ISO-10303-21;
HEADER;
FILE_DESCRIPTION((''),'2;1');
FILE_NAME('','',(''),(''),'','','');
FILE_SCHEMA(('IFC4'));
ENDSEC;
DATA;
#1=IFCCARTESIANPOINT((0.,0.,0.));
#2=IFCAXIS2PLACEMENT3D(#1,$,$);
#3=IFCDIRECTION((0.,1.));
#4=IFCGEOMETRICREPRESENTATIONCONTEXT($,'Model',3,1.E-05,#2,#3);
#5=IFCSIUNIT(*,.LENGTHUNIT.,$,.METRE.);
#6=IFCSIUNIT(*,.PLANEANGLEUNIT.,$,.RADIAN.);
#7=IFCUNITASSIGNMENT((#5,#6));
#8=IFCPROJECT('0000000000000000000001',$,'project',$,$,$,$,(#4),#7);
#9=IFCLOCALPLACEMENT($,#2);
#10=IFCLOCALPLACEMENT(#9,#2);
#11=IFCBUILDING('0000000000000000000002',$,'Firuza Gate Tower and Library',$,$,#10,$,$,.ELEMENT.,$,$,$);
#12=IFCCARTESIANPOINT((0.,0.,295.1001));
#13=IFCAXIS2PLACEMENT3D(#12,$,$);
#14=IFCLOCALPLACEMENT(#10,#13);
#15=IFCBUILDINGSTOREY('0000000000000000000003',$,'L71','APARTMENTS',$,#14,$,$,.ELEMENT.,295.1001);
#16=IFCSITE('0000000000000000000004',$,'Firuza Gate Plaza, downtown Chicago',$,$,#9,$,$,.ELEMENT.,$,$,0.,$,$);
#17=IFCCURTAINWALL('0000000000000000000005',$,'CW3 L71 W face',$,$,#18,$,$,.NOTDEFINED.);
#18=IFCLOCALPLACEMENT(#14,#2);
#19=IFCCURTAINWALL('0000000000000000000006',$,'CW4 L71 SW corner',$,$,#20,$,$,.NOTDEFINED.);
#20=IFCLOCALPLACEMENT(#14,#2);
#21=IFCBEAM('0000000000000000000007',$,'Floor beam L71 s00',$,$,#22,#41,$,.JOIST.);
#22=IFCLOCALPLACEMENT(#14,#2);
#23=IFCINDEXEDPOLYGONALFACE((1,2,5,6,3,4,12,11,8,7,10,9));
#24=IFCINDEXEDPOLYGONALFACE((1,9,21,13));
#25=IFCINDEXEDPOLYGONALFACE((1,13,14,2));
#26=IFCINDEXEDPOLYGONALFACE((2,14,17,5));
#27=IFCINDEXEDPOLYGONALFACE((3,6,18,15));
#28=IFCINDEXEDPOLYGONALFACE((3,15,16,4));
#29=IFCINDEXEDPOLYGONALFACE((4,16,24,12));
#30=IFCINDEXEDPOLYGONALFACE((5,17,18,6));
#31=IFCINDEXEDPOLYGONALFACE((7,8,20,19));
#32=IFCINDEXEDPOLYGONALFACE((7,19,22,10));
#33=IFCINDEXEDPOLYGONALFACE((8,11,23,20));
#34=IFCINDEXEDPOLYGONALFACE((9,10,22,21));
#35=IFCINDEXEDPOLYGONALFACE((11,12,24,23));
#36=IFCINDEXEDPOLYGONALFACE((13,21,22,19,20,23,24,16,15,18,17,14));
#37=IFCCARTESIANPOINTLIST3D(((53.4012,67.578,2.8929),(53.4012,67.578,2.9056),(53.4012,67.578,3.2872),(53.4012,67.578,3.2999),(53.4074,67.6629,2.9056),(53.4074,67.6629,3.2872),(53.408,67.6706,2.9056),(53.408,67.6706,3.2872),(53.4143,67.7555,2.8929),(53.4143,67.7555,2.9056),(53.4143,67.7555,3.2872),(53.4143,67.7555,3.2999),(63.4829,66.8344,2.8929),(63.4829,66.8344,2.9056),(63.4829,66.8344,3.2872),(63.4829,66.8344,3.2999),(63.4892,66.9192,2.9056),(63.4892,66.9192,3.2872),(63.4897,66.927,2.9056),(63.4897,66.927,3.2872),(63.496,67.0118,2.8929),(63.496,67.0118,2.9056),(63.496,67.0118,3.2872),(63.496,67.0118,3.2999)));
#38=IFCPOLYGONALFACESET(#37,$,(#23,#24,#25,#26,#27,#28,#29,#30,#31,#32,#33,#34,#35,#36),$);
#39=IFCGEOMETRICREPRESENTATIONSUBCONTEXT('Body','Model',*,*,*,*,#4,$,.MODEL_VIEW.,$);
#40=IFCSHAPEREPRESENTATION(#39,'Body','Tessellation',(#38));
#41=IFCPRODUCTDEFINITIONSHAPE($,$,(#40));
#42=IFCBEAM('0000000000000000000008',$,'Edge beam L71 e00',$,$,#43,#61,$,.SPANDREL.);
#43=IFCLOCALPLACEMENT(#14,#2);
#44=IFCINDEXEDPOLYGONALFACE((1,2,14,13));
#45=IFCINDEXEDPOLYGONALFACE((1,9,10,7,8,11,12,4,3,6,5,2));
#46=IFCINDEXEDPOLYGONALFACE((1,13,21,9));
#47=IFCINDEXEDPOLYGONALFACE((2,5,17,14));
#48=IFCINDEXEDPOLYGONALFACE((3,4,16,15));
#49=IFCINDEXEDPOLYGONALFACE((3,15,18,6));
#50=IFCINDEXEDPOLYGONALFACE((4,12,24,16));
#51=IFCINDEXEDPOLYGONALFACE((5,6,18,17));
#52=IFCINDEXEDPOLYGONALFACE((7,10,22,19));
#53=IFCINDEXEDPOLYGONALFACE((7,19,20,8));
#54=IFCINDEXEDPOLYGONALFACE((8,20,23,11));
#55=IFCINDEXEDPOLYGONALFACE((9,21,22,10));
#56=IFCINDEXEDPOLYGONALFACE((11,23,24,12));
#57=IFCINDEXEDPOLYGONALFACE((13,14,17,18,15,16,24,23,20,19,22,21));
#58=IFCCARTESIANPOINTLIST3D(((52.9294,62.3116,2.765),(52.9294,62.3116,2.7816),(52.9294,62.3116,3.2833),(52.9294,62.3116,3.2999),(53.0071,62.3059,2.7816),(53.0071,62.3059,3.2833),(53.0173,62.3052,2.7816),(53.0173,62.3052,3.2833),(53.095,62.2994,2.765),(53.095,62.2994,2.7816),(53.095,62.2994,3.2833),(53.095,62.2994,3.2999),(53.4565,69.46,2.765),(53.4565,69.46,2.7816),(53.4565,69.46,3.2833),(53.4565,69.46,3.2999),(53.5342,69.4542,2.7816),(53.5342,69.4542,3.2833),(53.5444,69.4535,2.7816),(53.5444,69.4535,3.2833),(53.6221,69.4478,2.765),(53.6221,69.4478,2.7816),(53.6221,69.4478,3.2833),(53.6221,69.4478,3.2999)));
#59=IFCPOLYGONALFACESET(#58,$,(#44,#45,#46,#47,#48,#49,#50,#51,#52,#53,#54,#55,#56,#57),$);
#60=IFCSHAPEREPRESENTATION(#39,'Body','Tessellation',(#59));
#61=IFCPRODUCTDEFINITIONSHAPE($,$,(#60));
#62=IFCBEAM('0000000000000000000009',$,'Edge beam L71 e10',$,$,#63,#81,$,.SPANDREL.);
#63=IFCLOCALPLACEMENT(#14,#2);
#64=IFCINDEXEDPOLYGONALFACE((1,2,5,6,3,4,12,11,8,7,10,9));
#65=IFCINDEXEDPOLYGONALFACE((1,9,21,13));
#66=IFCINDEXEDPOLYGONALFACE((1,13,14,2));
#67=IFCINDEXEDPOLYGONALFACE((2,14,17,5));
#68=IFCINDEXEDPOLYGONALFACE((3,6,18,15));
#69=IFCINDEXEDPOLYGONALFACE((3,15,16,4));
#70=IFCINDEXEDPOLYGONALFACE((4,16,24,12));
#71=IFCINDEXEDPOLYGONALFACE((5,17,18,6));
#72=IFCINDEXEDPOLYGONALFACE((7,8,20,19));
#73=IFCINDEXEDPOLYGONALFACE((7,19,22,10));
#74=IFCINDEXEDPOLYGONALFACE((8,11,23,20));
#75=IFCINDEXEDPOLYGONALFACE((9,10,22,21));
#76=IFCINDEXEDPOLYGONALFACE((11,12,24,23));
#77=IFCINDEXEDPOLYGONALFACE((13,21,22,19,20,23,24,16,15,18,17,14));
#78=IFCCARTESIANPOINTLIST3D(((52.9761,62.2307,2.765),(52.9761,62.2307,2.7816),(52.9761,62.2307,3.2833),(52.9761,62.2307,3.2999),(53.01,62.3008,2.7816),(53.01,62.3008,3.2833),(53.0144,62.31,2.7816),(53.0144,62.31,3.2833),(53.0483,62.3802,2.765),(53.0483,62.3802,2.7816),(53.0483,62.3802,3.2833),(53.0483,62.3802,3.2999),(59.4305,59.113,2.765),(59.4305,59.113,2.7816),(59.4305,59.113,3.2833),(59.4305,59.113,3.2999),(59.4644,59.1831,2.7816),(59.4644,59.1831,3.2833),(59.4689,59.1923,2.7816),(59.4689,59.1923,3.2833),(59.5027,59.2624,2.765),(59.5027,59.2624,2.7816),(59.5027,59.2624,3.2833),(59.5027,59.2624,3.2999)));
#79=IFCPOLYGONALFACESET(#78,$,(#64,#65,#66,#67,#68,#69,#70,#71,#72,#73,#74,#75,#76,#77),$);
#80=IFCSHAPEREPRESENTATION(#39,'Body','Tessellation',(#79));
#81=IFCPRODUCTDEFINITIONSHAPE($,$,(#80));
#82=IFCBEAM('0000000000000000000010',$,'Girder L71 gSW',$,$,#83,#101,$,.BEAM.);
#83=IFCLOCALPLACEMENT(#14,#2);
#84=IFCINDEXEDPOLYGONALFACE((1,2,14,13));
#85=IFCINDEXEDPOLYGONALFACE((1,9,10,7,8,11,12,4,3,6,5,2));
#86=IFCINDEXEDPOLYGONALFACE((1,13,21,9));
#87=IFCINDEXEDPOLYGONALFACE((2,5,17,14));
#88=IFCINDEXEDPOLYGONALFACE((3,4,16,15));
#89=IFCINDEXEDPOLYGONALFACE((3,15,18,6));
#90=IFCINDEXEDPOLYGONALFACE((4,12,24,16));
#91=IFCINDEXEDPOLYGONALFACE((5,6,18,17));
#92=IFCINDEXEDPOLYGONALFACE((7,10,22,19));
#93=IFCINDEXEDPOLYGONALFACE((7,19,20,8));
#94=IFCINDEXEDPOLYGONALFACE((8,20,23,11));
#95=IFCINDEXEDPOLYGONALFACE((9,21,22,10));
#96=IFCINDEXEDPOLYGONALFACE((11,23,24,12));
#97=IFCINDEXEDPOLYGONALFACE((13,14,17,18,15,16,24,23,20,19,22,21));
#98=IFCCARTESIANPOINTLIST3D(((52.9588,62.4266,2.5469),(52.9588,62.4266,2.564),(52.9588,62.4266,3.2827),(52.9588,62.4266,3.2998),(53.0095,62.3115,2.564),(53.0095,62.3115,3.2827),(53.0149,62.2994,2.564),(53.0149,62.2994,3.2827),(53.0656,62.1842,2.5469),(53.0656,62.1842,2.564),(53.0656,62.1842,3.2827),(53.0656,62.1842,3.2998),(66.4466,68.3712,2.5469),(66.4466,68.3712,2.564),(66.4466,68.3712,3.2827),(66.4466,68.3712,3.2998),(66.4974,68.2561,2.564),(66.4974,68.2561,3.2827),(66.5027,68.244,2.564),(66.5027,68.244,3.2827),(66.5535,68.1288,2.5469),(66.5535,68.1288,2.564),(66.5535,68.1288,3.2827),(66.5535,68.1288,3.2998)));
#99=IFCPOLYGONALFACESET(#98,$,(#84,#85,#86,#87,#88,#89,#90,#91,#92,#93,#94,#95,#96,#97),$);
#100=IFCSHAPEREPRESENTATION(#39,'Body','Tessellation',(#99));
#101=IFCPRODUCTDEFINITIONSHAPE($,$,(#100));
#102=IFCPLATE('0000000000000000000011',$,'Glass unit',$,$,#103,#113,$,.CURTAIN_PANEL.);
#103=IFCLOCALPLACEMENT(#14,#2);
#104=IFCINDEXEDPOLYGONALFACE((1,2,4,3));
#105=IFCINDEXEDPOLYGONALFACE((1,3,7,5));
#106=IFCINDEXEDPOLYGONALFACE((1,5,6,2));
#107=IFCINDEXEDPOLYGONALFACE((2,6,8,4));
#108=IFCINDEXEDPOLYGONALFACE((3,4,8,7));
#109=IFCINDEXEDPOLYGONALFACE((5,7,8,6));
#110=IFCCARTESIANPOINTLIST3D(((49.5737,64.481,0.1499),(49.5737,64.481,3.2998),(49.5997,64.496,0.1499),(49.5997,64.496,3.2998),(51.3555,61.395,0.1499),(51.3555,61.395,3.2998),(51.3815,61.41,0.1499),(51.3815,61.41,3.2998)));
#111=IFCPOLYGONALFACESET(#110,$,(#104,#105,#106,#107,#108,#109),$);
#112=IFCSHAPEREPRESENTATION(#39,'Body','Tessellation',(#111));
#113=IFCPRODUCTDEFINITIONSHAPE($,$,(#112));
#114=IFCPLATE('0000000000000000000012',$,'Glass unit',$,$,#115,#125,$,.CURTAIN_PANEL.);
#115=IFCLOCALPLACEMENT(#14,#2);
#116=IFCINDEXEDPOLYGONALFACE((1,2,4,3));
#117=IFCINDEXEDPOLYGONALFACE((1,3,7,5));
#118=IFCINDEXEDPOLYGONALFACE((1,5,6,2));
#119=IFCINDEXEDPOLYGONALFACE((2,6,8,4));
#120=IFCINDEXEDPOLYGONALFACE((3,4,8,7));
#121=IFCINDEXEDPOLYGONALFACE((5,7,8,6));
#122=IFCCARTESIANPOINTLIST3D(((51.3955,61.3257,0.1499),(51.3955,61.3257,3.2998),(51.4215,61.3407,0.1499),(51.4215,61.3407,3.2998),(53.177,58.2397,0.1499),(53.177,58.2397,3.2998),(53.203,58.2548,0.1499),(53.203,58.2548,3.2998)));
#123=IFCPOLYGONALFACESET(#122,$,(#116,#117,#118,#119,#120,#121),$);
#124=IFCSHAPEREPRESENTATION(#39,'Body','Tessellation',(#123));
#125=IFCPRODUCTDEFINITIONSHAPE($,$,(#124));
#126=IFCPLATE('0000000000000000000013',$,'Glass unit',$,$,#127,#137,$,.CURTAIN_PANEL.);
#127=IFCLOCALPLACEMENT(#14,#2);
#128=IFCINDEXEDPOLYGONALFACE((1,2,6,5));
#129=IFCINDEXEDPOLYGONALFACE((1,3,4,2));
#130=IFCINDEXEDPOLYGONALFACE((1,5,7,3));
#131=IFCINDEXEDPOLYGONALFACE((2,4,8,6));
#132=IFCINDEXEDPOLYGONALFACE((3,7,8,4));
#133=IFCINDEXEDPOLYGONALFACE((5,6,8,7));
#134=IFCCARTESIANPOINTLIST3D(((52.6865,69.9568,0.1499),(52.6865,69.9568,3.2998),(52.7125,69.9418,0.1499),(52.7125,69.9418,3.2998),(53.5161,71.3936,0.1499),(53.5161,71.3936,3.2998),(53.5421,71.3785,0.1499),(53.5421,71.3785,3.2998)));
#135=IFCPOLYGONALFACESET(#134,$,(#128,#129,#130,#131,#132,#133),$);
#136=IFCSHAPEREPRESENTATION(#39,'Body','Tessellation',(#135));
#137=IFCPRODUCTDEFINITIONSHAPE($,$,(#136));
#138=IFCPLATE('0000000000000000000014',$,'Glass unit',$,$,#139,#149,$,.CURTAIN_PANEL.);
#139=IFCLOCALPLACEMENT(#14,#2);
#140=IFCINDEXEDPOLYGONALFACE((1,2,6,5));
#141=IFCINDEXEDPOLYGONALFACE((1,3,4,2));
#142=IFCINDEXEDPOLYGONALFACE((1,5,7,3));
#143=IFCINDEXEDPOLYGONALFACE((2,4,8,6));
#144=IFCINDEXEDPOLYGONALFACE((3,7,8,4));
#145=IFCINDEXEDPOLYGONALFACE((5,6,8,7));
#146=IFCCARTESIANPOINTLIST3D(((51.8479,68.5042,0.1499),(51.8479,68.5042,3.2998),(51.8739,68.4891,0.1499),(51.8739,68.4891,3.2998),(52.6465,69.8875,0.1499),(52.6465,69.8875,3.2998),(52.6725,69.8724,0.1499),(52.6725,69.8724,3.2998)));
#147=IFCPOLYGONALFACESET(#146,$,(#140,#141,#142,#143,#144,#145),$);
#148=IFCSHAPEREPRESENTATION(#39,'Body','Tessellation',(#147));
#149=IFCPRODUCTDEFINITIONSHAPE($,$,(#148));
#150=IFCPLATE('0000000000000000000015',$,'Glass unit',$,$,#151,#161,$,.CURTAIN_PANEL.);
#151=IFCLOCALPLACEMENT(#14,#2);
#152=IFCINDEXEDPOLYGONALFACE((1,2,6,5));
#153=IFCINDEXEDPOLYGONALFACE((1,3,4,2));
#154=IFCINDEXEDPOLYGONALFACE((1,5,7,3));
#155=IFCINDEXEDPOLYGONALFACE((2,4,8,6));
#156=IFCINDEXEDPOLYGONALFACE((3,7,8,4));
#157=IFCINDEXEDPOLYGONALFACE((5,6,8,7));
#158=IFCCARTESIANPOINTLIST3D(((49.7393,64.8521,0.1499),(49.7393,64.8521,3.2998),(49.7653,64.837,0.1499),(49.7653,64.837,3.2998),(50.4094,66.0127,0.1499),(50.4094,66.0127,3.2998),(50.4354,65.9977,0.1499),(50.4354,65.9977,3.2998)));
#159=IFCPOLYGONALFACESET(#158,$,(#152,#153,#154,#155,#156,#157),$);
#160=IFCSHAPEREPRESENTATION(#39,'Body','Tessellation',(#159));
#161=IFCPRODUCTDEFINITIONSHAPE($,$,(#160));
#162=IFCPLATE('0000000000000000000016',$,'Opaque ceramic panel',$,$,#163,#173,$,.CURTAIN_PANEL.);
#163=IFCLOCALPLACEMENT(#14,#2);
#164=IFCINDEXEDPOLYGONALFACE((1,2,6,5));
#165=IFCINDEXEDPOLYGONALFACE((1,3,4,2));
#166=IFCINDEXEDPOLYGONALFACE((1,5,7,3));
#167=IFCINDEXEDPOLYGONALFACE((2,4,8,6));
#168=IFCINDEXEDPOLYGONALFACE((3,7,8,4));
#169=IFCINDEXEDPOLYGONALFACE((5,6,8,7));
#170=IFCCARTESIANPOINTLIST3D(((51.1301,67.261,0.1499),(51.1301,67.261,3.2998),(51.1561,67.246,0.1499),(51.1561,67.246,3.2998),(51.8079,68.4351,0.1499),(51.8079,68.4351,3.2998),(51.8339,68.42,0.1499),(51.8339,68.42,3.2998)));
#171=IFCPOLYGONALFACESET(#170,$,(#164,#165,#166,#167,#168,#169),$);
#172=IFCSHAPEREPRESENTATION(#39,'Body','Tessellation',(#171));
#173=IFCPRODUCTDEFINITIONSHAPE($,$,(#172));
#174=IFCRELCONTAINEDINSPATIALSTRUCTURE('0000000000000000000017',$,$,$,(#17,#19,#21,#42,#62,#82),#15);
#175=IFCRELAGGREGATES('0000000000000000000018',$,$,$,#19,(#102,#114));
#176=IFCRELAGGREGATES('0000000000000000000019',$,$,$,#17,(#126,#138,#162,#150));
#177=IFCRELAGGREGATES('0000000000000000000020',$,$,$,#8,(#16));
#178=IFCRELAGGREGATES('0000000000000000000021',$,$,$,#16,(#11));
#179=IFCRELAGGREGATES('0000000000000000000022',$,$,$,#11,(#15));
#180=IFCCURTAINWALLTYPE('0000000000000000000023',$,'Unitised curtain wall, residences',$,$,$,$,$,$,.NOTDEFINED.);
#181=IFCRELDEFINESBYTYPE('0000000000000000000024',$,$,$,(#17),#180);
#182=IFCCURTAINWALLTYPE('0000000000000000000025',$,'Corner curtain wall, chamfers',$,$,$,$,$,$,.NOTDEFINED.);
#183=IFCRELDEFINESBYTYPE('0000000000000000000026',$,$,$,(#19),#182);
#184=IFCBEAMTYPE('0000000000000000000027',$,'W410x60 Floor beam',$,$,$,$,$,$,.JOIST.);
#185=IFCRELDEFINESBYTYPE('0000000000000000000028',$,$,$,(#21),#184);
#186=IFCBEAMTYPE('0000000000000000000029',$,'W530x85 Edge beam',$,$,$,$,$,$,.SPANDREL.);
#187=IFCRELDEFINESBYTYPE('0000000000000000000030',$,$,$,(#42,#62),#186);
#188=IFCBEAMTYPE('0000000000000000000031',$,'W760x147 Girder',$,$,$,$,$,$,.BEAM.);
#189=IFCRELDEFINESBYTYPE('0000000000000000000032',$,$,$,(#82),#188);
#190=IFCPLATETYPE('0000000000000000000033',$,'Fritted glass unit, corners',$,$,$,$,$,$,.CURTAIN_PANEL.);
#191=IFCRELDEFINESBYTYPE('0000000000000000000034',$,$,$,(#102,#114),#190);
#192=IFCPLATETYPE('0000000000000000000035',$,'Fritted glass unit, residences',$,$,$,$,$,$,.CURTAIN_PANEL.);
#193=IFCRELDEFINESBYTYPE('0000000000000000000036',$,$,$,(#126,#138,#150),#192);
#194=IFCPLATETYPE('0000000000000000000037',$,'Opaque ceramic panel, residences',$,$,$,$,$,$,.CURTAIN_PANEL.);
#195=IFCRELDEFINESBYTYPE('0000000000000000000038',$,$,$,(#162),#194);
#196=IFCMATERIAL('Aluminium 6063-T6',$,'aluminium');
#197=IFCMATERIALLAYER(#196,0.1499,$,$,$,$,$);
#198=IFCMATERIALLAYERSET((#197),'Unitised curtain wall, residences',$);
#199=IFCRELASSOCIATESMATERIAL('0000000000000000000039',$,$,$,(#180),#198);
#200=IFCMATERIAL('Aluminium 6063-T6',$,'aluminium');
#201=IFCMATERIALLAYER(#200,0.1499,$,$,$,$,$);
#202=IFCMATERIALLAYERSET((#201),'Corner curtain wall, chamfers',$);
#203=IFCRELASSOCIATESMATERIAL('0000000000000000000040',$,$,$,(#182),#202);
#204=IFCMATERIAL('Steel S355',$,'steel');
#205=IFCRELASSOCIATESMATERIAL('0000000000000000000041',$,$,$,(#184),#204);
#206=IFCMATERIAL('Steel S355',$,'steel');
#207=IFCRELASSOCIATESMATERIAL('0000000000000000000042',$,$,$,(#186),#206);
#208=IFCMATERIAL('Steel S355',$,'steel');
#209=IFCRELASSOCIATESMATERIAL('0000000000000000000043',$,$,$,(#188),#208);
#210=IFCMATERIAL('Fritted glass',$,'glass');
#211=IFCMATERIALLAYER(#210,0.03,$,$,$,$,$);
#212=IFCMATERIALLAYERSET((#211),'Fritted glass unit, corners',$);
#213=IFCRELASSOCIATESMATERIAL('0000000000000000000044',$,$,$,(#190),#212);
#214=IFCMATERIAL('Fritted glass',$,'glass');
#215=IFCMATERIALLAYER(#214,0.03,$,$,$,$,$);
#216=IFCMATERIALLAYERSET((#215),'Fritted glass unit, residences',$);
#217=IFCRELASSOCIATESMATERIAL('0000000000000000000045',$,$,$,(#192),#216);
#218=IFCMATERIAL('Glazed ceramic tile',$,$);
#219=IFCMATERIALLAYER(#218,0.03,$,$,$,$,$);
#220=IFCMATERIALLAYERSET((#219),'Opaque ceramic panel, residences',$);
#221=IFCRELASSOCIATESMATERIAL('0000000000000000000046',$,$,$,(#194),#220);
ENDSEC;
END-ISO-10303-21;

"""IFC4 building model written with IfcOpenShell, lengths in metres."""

from ifc_helpers import new_model, si_unit, direction, frame, origin, origin_2d, place, context, subcontext, project, spatial, polyline, i_section, outline, extrude, material, layer, layer_set, material_profile, profile_set, type_object, element, aggregate, save


model = new_model("IFC4")

# Units and contexts
model_context = context("Model", 3, precision=1e-05, world=origin(), true_north=direction((0.0, 1.0)))
body_context = subcontext(model_context, "Body", "Model", "MODEL_VIEW")
ifc_project = project(units=[si_unit("LENGTHUNIT", "METRE"), si_unit("PLANEANGLEUNIT", "RADIAN")], contexts=[model_context])

# Site, building, storey
site_placement = place(None, origin())
site = spatial("IfcSite", under=ifc_project, at=site_placement, Name="Firuza Gate Plaza, downtown Chicago", CompositionType="ELEMENT", RefElevation=0.0)
building_placement = place(site_placement, origin())
building = spatial("IfcBuilding", under=site, at=building_placement, Name="Firuza Gate Tower and Library", CompositionType="ELEMENT")
storey_placement = place(building_placement, frame((0.0, 0.0, 295.1001)))
storey = spatial("IfcBuildingStorey", under=building, at=storey_placement, Name="L71", Description="APARTMENTS", CompositionType="ELEMENT", Elevation=295.1001)

# Curtain walls
ifc_material_1 = material(Name="Aluminium 6063-T6", Category="aluminium")
ifc_layer_1 = layer(ifc_material_1, 0.1499)
ifc_layer_set_1 = layer_set([ifc_layer_1], Name="Unitised curtain wall, residences")
curtain_wall_type_1 = type_object("IfcCurtainWallType", Name="Unitised curtain wall, residences", PredefinedType="NOTDEFINED", material=ifc_layer_set_1)
placement = place(storey_placement, origin())
curtain_wall_1 = element("IfcCurtainWall", 1, at=placement, inside=storey, type_object=curtain_wall_type_1, Name="CW3 L71 W face", PredefinedType="NOTDEFINED")
ifc_material_2 = material(Name="Aluminium 6063-T6", Category="aluminium")
ifc_layer_2 = layer(ifc_material_2, 0.1499)
ifc_layer_set_2 = layer_set([ifc_layer_2], Name="Corner curtain wall, chamfers")
curtain_wall_type_2 = type_object("IfcCurtainWallType", Name="Corner curtain wall, chamfers", PredefinedType="NOTDEFINED", material=ifc_layer_set_2)
curtain_wall_2 = element("IfcCurtainWall", 2, at=placement, inside=storey, type_object=curtain_wall_type_2, Name="CW4 L71 SW corner", PredefinedType="NOTDEFINED")

# Beams
ifc_material_3 = material(Name="Steel S355", Category="steel")
ifc_material_profile_1 = material_profile(ifc_material_3, i_section(OverallWidth=0.178, OverallDepth=0.407, WebThickness=0.0078, FlangeThickness=0.0127, at=origin_2d()))
ifc_profile_set_1 = profile_set([ifc_material_profile_1], Name="Steel S355")
beam_type_1 = type_object("IfcBeamType", Name="W410x60 Floor beam", PredefinedType="JOIST", material=ifc_profile_set_1)
beam_1_placement = place(storey_placement, frame((53.4077, 67.6667, 3.0964), z_axis=(0.997291, -0.073562, 0.0), x_axis=(0.073562, 0.997291, 0.0)))
element("IfcBeam", 3, at=beam_1_placement, inside=storey, type_object=beam_type_1, Name="Floor beam L71 s00", PredefinedType="JOIST", context=body_context, shape_type="SweptSolid", body=[
    extrude(i_section(OverallWidth=0.178, OverallDepth=0.407, WebThickness=0.0078, FlangeThickness=0.0127, at=origin_2d()), origin(), (0.0, 0.0, 1.0), 10.1091),
])
ifc_material_4 = material(Name="Steel S355", Category="steel")
ifc_material_profile_2 = material_profile(ifc_material_4, i_section(OverallWidth=0.166, OverallDepth=0.5349, WebThickness=0.0103, FlangeThickness=0.0166, at=origin_2d()))
ifc_profile_set_2 = profile_set([ifc_material_profile_2], Name="Steel S355")
beam_type_2 = type_object("IfcBeamType", Name="W530x85 Edge beam", PredefinedType="SPANDREL", material=ifc_profile_set_2)
beam_2_placement = place(storey_placement, frame((53.5393, 69.4539, 3.0325), z_axis=(-0.073537, -0.997293, 0.0), x_axis=(0.997293, -0.073537, 0.0)))
element("IfcBeam", 4, at=beam_2_placement, inside=storey, type_object=beam_type_2, Name="Edge beam L71 e00", PredefinedType="SPANDREL", context=body_context, shape_type="SweptSolid", body=[
    extrude(i_section(OverallWidth=0.166, OverallDepth=0.5349, WebThickness=0.0103, FlangeThickness=0.0166, at=origin_2d()), origin(), (0.0, 0.0, 1.0), 7.1677),
])
beam_3_placement = place(storey_placement, frame((53.0122, 62.3054, 3.0325), z_axis=(0.900454, -0.434951, 0.0), x_axis=(0.434951, 0.900454, 0.0)))
element("IfcBeam", 5, at=beam_3_placement, inside=storey, type_object=beam_type_2, Name="Edge beam L71 e10", PredefinedType="SPANDREL", context=body_context, shape_type="SweptSolid", body=[
    extrude(i_section(OverallWidth=0.166, OverallDepth=0.5349, WebThickness=0.0103, FlangeThickness=0.0166, at=origin_2d()), origin(), (0.0, 0.0, 1.0), 7.168),
])
ifc_material_5 = material(Name="Steel S355", Category="steel")
ifc_material_profile_3 = material_profile(ifc_material_5, i_section(OverallWidth=0.2649, OverallDepth=0.7529, WebThickness=0.0132, FlangeThickness=0.0171, at=origin_2d()))
ifc_profile_set_3 = profile_set([ifc_material_profile_3], Name="Steel S355")
beam_type_3 = type_object("IfcBeamType", Name="W760x147 Girder", PredefinedType="BEAM", material=ifc_profile_set_3)
beam_4_placement = place(storey_placement, frame((53.0122, 62.3054, 2.9233), z_axis=(0.915066, 0.403304, 0.0), x_axis=(-0.403304, 0.915066, 0.0)))
element("IfcBeam", 6, at=beam_4_placement, inside=storey, type_object=beam_type_3, Name="Girder L71 gSW", PredefinedType="BEAM", context=body_context, shape_type="SweptSolid", body=[
    extrude(i_section(OverallWidth=0.2649, OverallDepth=0.7529, WebThickness=0.0132, FlangeThickness=0.0171, at=origin_2d()), origin(), (0.0, 0.0, 1.0), 14.7397),
])

# Plates
ifc_material_6 = material(Name="Fritted glass", Category="glass")
ifc_layer_3 = layer(ifc_material_6, 0.03)
ifc_layer_set_3 = layer_set([ifc_layer_3], Name="Fritted glass unit, corners")
plate_type_1 = type_object("IfcPlateType", Name="Fritted glass unit, corners", PredefinedType="CURTAIN_PANEL", material=ifc_layer_set_3)
plate_1_placement = place(storey_placement, frame((49.5737, 64.481, 0.1499), z_axis=(-0.866017, -0.500015, 0.0), x_axis=(0.500015, -0.866017, 0.0)))
plate_1 = element("IfcPlate", 7, at=plate_1_placement, type_object=plate_type_1, Name="Glass unit", PredefinedType="CURTAIN_PANEL", context=body_context, shape_type="SweptSolid", body=[
    extrude(outline(polyline([(0.0, 0.0), (3.5634, 0.0), (3.5634, 3.1499), (0.0, 3.1499), (0.0, 0.0)])), origin(), (0.0, 0.0, -1.0), 0.03),
])
plate_2_placement = place(storey_placement, frame((51.3955, 61.3257, 0.1499), z_axis=(-0.866046, -0.499964, 0.0), x_axis=(0.499964, -0.866046, 0.0)))
plate_2 = element("IfcPlate", 8, at=plate_2_placement, type_object=plate_type_1, Name="Glass unit", PredefinedType="CURTAIN_PANEL", context=body_context, shape_type="SweptSolid", body=[
    extrude(outline(polyline([(0.0, 0.0), (3.5632, 0.0), (3.5632, 3.1499), (0.0, 3.1499), (0.0, 0.0)])), origin(), (0.0, 0.0, -1.0), 0.03),
])
aggregate(curtain_wall_2, [plate_1, plate_2])
ifc_material_7 = material(Name="Fritted glass", Category="glass")
ifc_layer_4 = layer(ifc_material_7, 0.03)
ifc_layer_set_4 = layer_set([ifc_layer_4], Name="Fritted glass unit, residences")
plate_type_2 = type_object("IfcPlateType", Name="Fritted glass unit, residences", PredefinedType="CURTAIN_PANEL", material=ifc_layer_set_4)
plate_3_placement = place(storey_placement, frame((53.5161, 71.3936, 0.1499), z_axis=(-0.866007, 0.500032, 0.0), x_axis=(-0.500032, -0.866007, 0.0)))
plate_3 = element("IfcPlate", 9, at=plate_3_placement, type_object=plate_type_2, Name="Glass unit", PredefinedType="CURTAIN_PANEL", context=body_context, shape_type="SweptSolid", body=[
    extrude(outline(polyline([(0.0, 0.0), (1.6591, 0.0), (1.6591, 3.1499), (0.0, 3.1499), (0.0, 0.0)])), origin(), (0.0, 0.0, -1.0), 0.03),
])
plate_4_placement = place(storey_placement, frame((52.6465, 69.8875, 0.1499), z_axis=(-0.866043, 0.499969, 0.0), x_axis=(-0.499969, -0.866043, 0.0)))
plate_4 = element("IfcPlate", 10, at=plate_4_placement, type_object=plate_type_2, Name="Glass unit", PredefinedType="CURTAIN_PANEL", context=body_context, shape_type="SweptSolid", body=[
    extrude(outline(polyline([(0.0, 0.0), (1.5973, 0.0), (1.5973, 3.1499), (0.0, 3.1499), (0.0, 0.0)])), origin(), (0.0, 0.0, -1.0), 0.03),
])
plate_5_placement = place(storey_placement, frame((50.4094, 66.0127, 0.1499), z_axis=(-0.866004, 0.500038, 0.0), x_axis=(-0.500038, -0.866004, 0.0)))
plate_5 = element("IfcPlate", 11, at=plate_5_placement, type_object=plate_type_2, Name="Glass unit", PredefinedType="CURTAIN_PANEL", context=body_context, shape_type="SweptSolid", body=[
    extrude(outline(polyline([(0.0, 0.0), (1.3402, 0.0), (1.3402, 3.1499), (0.0, 3.1499), (0.0, 0.0)])), origin(), (0.0, 0.0, -1.0), 0.03),
])
ifc_material_8 = material(Name="Glazed ceramic tile")
ifc_layer_5 = layer(ifc_material_8, 0.03)
ifc_layer_set_5 = layer_set([ifc_layer_5], Name="Opaque ceramic panel, residences")
plate_type_3 = type_object("IfcPlateType", Name="Opaque ceramic panel, residences", PredefinedType="CURTAIN_PANEL", material=ifc_layer_set_5)
plate_6_placement = place(storey_placement, frame((51.8079, 68.4351, 0.1499), z_axis=(-0.866063, 0.499936, 0.0), x_axis=(-0.499936, -0.866063, 0.0)))
plate_6 = element("IfcPlate", 12, at=plate_6_placement, type_object=plate_type_3, Name="Opaque ceramic panel", PredefinedType="CURTAIN_PANEL", context=body_context, shape_type="SweptSolid", body=[
    extrude(outline(polyline([(0.0, 0.0), (1.3556, 0.0), (1.3556, 3.1499), (0.0, 3.1499), (0.0, 0.0)])), origin(), (0.0, 0.0, -1.0), 0.03),
])
aggregate(curtain_wall_1, [plate_3, plate_4, plate_6, plate_5])

save(model, "model.ifc")
